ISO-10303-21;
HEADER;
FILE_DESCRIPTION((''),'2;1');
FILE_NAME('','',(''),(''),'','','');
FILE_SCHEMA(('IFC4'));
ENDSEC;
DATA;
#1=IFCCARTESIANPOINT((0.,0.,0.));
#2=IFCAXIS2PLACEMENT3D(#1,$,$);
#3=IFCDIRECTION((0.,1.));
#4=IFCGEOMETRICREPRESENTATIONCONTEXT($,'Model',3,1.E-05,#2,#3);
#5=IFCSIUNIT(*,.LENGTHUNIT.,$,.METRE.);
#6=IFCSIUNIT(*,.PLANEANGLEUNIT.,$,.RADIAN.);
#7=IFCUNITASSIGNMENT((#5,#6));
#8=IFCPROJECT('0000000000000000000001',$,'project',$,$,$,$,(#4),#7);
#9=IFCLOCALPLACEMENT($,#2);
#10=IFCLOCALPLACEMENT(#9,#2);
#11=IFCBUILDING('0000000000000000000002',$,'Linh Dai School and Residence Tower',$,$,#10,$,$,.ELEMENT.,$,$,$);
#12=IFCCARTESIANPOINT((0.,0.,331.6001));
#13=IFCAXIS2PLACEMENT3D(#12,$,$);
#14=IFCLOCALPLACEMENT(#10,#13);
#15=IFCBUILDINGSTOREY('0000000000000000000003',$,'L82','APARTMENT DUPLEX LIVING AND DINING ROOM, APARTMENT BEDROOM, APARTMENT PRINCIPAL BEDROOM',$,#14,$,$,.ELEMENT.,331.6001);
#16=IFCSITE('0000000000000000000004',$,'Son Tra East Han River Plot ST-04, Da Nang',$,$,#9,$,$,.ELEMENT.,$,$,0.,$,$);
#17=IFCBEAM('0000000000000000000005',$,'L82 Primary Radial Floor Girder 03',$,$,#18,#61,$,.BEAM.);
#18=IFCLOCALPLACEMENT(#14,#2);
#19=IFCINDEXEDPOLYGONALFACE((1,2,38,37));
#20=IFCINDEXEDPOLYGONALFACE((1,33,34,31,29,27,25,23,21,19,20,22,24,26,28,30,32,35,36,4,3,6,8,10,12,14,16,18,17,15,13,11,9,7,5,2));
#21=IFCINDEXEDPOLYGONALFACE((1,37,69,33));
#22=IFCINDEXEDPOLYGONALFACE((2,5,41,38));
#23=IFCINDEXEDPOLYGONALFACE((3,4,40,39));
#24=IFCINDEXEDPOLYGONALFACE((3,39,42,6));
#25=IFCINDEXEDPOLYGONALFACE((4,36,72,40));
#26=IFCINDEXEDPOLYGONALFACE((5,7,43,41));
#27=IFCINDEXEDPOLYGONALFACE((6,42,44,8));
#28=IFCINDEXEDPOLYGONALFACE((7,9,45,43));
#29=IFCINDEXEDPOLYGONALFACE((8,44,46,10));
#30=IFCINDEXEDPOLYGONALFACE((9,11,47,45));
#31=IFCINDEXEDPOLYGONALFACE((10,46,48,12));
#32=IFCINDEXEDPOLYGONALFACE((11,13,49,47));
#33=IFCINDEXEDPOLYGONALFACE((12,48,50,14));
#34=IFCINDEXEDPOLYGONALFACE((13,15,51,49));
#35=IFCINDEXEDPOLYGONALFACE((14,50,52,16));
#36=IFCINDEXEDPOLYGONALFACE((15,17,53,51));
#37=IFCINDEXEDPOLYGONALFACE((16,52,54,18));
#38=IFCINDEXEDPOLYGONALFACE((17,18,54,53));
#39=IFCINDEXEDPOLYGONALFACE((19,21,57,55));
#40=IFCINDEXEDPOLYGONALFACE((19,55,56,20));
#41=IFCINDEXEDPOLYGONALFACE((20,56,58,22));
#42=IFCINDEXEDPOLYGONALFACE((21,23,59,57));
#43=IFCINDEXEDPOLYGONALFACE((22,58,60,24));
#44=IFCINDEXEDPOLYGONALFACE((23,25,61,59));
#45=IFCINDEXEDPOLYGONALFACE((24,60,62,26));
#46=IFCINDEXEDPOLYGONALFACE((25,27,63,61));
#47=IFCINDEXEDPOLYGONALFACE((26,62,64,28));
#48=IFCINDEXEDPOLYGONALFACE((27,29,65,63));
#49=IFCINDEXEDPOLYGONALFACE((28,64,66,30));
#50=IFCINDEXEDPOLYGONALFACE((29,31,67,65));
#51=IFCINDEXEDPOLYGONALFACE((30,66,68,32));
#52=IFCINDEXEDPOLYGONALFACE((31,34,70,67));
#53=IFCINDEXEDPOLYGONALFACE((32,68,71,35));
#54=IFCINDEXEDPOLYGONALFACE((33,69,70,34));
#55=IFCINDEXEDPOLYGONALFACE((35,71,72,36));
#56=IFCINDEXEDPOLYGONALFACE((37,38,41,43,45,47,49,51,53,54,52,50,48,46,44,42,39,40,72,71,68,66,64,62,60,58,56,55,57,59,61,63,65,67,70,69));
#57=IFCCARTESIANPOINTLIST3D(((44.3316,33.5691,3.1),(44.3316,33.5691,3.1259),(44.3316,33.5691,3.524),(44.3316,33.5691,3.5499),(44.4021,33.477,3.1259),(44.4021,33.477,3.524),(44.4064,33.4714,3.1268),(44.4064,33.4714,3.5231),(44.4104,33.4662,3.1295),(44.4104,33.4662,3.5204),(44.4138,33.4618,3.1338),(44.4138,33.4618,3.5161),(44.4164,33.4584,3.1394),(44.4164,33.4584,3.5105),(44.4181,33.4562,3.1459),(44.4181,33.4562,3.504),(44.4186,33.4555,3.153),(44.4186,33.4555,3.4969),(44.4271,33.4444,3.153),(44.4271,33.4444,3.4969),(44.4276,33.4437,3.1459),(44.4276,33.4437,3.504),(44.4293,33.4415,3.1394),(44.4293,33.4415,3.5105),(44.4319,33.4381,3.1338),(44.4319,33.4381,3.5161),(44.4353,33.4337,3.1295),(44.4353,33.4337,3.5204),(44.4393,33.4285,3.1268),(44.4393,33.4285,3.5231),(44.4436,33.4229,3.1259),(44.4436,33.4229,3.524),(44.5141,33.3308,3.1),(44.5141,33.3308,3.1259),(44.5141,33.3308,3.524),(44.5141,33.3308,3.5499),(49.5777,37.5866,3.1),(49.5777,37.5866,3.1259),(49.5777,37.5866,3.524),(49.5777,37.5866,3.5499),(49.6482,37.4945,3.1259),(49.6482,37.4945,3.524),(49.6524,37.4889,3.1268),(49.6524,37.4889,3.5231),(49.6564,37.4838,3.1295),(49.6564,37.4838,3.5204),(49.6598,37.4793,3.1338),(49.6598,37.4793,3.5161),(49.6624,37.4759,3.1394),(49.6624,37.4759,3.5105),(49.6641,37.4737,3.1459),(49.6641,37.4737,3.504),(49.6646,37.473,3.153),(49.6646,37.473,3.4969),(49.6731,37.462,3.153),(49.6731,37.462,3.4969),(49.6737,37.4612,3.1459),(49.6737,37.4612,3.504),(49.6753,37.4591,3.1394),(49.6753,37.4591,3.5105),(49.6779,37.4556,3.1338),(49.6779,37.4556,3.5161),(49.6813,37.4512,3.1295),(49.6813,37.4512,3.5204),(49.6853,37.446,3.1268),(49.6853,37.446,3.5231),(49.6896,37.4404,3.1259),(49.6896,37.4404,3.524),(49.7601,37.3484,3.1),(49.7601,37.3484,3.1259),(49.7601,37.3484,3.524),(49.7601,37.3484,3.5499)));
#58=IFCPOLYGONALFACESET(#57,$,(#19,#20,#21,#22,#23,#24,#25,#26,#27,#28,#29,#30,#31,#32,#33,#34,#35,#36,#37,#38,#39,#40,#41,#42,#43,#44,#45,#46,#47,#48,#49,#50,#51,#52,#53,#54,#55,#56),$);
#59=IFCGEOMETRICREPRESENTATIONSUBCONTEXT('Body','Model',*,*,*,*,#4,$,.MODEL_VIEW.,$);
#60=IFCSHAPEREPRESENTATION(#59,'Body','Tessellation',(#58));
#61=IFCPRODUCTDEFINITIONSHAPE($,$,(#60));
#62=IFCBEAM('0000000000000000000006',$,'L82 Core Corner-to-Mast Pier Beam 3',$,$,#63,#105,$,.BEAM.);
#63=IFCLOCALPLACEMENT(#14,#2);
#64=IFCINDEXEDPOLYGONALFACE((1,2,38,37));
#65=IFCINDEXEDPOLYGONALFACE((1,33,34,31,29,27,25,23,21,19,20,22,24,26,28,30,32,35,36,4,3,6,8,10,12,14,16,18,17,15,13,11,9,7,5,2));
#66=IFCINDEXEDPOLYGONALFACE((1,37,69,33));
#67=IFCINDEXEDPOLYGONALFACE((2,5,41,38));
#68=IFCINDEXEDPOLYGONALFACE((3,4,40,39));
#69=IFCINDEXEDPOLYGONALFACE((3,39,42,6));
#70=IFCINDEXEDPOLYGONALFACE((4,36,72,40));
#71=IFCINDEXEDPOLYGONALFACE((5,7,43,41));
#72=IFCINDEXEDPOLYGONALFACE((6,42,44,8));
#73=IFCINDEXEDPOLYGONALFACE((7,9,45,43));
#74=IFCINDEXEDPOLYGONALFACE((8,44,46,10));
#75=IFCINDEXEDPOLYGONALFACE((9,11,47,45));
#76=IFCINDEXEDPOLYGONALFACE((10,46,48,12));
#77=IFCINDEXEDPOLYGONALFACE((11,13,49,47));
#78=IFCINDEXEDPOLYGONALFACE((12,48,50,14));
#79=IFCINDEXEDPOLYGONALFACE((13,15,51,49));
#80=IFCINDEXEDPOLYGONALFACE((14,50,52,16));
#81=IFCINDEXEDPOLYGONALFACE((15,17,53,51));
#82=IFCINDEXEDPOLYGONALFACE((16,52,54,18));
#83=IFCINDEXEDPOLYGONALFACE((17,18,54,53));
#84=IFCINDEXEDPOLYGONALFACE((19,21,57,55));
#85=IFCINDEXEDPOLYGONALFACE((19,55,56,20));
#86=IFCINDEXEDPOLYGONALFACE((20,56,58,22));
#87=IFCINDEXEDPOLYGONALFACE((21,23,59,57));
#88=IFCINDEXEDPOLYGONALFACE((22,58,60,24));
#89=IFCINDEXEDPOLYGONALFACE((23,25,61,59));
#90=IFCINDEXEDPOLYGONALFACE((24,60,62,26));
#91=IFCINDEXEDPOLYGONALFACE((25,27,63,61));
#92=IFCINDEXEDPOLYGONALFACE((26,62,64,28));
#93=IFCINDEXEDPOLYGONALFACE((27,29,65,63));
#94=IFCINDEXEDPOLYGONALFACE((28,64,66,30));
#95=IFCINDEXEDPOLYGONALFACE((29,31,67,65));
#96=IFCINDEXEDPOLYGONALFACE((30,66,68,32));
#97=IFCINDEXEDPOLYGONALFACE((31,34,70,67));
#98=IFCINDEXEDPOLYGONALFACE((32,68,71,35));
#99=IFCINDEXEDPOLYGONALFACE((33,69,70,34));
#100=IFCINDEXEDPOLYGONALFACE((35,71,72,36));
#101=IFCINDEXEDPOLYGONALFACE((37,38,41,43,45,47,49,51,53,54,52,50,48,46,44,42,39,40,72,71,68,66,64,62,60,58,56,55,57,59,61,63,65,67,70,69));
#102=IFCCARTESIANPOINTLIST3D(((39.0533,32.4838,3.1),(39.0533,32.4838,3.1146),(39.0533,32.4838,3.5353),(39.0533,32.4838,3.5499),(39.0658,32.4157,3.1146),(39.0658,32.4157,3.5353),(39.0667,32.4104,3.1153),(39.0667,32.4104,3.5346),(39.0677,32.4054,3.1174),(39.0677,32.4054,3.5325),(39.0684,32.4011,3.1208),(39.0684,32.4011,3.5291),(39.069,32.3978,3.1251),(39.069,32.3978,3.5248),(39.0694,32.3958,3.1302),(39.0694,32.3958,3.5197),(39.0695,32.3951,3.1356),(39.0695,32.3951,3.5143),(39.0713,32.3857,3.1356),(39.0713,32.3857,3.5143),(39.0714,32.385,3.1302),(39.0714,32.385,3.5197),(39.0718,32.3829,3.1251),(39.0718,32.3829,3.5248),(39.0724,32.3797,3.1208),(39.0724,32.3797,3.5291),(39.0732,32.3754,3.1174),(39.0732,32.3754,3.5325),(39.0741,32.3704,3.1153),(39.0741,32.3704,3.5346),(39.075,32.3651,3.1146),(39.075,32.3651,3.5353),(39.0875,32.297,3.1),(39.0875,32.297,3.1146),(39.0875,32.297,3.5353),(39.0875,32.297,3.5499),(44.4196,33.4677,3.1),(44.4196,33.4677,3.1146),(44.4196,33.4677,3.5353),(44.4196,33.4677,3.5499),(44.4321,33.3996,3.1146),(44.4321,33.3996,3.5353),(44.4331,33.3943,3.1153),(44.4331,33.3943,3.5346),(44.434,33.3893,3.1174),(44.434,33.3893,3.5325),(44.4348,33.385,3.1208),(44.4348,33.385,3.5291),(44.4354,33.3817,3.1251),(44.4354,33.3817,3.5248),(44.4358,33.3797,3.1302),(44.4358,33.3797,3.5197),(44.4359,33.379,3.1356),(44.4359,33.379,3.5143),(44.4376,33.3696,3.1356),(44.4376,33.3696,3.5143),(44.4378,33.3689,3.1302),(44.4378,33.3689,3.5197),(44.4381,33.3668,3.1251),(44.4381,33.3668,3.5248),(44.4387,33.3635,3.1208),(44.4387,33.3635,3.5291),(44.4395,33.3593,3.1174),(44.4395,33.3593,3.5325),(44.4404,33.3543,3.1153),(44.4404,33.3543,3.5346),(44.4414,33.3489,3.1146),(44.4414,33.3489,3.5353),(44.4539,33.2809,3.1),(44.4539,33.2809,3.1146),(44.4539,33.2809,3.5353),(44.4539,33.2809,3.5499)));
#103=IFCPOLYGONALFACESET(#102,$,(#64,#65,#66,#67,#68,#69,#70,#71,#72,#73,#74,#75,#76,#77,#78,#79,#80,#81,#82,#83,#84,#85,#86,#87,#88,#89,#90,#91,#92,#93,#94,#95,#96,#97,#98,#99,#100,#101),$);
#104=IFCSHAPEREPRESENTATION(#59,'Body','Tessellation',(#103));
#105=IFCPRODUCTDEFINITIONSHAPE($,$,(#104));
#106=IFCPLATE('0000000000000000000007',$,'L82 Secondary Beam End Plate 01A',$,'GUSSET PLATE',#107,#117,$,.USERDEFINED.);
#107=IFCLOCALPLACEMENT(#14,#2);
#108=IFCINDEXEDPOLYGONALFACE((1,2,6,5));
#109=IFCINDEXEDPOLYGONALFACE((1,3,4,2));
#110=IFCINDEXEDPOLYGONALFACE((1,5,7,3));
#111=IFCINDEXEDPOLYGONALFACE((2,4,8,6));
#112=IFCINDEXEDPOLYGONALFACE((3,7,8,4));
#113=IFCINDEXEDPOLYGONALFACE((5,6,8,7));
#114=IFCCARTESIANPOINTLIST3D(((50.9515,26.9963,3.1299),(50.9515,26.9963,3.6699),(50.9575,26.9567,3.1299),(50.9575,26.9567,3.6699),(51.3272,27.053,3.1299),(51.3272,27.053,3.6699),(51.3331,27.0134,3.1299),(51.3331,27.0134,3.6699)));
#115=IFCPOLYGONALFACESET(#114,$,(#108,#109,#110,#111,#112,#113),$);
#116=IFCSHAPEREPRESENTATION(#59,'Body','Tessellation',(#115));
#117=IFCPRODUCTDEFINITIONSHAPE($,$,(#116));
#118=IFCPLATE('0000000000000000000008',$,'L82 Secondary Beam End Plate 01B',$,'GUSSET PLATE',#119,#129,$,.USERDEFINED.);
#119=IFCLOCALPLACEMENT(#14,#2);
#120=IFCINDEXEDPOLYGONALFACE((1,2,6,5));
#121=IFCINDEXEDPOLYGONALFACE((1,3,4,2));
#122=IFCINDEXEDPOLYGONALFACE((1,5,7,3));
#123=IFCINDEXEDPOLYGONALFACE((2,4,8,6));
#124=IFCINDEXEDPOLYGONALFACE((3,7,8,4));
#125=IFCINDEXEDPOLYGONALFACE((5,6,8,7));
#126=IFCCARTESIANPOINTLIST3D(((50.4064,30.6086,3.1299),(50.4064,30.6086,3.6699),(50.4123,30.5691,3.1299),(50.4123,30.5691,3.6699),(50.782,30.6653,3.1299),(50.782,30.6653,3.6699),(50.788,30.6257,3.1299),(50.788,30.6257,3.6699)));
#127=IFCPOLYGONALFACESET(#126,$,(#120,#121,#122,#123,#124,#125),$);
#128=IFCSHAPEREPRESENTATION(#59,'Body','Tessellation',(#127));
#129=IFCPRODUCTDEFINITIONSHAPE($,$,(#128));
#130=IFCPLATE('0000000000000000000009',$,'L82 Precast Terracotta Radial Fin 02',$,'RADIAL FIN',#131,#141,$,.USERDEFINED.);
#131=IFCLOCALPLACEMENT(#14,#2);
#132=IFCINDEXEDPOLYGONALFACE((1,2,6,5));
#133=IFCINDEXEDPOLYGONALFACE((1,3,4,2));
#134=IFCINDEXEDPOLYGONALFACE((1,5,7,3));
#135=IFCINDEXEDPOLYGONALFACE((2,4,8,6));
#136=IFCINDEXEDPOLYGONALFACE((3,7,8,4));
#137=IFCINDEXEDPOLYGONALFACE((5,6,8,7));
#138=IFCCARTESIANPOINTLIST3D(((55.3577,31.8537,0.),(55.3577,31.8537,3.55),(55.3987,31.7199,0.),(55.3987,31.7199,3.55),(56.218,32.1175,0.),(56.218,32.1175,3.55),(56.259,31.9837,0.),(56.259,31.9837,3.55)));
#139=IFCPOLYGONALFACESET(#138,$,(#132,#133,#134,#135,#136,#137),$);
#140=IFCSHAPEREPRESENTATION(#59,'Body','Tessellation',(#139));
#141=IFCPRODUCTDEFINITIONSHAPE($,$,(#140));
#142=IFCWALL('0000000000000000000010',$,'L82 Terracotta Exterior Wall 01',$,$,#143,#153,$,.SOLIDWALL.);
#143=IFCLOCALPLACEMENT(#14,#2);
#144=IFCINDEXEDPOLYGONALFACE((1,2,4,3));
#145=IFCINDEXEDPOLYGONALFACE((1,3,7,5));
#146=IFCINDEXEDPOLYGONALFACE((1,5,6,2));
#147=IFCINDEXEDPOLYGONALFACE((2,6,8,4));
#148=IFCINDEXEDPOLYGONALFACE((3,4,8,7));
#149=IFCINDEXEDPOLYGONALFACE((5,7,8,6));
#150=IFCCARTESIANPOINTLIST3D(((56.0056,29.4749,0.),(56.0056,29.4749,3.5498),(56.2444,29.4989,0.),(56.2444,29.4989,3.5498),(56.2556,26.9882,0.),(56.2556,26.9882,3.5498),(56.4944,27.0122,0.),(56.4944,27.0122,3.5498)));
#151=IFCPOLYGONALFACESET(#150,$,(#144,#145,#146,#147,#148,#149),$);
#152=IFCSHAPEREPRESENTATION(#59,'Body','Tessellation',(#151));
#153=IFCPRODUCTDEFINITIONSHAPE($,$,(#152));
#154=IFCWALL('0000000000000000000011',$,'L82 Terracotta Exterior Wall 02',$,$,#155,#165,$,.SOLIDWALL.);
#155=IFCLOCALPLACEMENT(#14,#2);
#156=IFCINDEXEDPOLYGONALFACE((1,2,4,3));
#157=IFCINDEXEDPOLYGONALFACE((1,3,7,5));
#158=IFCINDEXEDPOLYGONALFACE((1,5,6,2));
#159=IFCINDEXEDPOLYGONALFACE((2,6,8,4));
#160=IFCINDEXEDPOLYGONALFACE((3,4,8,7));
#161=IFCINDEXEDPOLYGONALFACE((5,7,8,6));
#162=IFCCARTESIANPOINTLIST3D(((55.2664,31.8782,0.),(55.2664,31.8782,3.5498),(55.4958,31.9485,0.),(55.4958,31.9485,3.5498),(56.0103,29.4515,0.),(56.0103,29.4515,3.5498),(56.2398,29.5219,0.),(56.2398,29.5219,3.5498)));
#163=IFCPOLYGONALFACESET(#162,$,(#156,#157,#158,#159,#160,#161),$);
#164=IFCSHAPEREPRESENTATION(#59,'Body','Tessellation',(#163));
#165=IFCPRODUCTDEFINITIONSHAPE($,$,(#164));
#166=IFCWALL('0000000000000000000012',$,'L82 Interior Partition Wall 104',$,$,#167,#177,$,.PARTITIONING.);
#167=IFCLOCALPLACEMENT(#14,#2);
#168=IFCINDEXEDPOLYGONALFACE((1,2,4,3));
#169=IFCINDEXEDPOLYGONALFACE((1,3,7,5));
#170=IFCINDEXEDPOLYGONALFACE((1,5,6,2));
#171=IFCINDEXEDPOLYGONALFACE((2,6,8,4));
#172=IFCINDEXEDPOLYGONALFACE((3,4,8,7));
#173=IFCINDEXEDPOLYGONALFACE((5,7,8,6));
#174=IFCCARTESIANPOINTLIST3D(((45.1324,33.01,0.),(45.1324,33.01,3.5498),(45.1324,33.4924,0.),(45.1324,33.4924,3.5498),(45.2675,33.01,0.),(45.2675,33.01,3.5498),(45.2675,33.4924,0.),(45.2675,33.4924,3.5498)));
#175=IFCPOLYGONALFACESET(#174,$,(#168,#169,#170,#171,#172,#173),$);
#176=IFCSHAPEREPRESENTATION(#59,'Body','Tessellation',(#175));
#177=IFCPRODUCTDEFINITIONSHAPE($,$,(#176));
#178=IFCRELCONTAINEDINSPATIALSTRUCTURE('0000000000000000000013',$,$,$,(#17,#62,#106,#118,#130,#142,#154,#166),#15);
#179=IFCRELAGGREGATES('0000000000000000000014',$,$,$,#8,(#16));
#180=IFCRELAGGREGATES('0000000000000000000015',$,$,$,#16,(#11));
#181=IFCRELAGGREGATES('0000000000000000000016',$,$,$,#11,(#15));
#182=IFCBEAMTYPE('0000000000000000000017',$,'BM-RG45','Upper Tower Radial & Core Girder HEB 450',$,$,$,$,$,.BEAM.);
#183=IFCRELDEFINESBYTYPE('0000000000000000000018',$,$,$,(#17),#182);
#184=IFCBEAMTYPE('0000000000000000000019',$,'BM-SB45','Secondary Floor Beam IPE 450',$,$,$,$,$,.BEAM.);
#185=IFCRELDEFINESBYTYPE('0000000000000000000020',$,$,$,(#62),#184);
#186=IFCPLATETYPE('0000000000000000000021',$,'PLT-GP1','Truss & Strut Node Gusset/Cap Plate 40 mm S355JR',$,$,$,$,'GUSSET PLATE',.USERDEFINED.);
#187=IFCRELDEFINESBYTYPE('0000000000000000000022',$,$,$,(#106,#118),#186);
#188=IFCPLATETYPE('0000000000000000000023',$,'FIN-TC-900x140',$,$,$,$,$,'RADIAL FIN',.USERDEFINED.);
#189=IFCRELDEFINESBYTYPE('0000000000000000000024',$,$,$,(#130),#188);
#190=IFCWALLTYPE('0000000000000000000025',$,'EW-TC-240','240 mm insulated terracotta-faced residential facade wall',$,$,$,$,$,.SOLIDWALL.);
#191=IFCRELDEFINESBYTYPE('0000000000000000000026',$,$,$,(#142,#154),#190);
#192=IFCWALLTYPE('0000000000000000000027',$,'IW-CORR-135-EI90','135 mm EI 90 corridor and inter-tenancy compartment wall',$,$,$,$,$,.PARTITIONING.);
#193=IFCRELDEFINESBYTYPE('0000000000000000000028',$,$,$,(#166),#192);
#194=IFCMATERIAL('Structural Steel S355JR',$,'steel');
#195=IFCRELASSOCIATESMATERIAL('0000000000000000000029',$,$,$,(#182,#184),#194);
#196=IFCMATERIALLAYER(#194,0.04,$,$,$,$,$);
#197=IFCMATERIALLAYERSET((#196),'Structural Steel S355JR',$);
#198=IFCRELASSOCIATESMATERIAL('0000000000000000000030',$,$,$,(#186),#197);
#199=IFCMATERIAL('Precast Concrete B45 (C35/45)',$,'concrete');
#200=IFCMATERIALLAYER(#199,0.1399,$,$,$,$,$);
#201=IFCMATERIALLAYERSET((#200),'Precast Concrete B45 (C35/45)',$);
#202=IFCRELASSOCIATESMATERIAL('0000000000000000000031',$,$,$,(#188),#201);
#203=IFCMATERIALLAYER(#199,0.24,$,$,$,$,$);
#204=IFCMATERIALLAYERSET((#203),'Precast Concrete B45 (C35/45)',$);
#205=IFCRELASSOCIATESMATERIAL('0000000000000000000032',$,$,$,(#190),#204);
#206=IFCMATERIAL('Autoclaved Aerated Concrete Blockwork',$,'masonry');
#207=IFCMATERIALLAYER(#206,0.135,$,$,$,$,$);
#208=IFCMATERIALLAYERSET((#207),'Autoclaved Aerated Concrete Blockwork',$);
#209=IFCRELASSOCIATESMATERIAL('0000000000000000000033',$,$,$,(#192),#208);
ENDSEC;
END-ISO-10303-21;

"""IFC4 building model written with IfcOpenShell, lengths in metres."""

from ifc_helpers import new_model, si_unit, direction, frame, frame_2d, origin, origin_2d, place, context, subcontext, project, spatial, rectangle, i_section, extrude, source, transform, mapped, material, layer, layer_set, material_profile, profile_set, type_object, element, save


model = new_model("IFC4")

# Units and contexts
model_context = context("Model", 3, precision=1e-05, world=origin(), true_north=direction((0.0, 1.0)))
body_context = subcontext(model_context, "Body", "Model", "MODEL_VIEW")
ifc_project = project(units=[si_unit("LENGTHUNIT", "METRE"), si_unit("PLANEANGLEUNIT", "RADIAN")], contexts=[model_context])

# Site, building, storey
site_placement = place(None, origin())
site = spatial("IfcSite", under=ifc_project, at=site_placement, Name="Son Tra East Han River Plot ST-04, Da Nang", CompositionType="ELEMENT", RefElevation=0.0)
building_placement = place(site_placement, origin())
building = spatial("IfcBuilding", under=site, at=building_placement, Name="Linh Dai School and Residence Tower", CompositionType="ELEMENT")
storey_placement = place(building_placement, frame((0.0, 0.0, 331.6001)))
storey = spatial("IfcBuildingStorey", under=building, at=storey_placement, Name="L82", Description="APARTMENT DUPLEX LIVING AND DINING ROOM, APARTMENT BEDROOM, APARTMENT PRINCIPAL BEDROOM", CompositionType="ELEMENT", Elevation=331.6001)

# Shared definitions
ifc_material_1 = material(Name="Structural Steel S355JR", Category="steel")

# Beams
ifc_material_profile_1 = material_profile(ifc_material_1, i_section(OverallWidth=0.3, OverallDepth=0.45, WebThickness=0.0139, FlangeThickness=0.0259, FilletRadius=0.0271, at=origin_2d()), Name="HEB 450")
ifc_profile_set_1 = profile_set([ifc_material_profile_1], Name="Structural Steel S355JR")
beam_type_1 = type_object("IfcBeamType", Name="BM-RG45", Description="Upper Tower Radial & Core Girder HEB 450", PredefinedType="BEAM", material=ifc_profile_set_1)
beam_1_placement = place(storey_placement, frame((44.4229, 33.45, 3.325), z_axis=(0.79393, 0.608009, 0.0), x_axis=(-0.608009, 0.79393, 0.0)))
element("IfcBeam", 1, at=beam_1_placement, inside=storey, type_object=beam_type_1, Name="L82 Primary Radial Floor Girder 03", PredefinedType="BEAM", context=body_context, shape_type="SweptSolid", body=[
    extrude(i_section(OverallWidth=0.3, OverallDepth=0.45, WebThickness=0.0139, FlangeThickness=0.0259, FilletRadius=0.0271, at=origin_2d()), origin(), (0.0, 0.0, 1.0), 6.6077),
])
ifc_material_profile_2 = material_profile(ifc_material_1, i_section(OverallWidth=0.1899, OverallDepth=0.45, WebThickness=0.0095, FlangeThickness=0.0146, FilletRadius=0.021, at=origin_2d()), Name="IPE 450")
ifc_profile_set_2 = profile_set([ifc_material_profile_2], Name="Structural Steel S355JR")
beam_type_2 = type_object("IfcBeamType", Name="BM-SB45", Description="Secondary Floor Beam IPE 450", PredefinedType="BEAM", material=ifc_profile_set_2)
beam_2_placement = place(storey_placement, frame((44.4368, 33.3743, 3.325), z_axis=(-0.983605, -0.180334, 0.0), x_axis=(0.180334, -0.983605, 0.0)))
element("IfcBeam", 2, at=beam_2_placement, inside=storey, type_object=beam_type_2, Name="L82 Core Corner-to-Mast Pier Beam 3", PredefinedType="BEAM", context=body_context, shape_type="SweptSolid", body=[
    extrude(i_section(OverallWidth=0.1899, OverallDepth=0.45, WebThickness=0.0095, FlangeThickness=0.0146, FilletRadius=0.021, at=origin_2d()), origin(), (0.0, 0.0, 1.0), 5.4558),
])

# Plates
ifc_layer_1 = layer(ifc_material_1, 0.04)
ifc_layer_set_1 = layer_set([ifc_layer_1], Name="Structural Steel S355JR")
plate_type_1 = type_object("IfcPlateType", Name="PLT-GP1", Description="Truss & Strut Node Gusset/Cap Plate 40 mm S355JR", ElementType="GUSSET PLATE", PredefinedType="USERDEFINED", material=ifc_layer_set_1)
shared_shape_1 = source(origin(), body_context, "Body", "SweptSolid", [
    extrude(rectangle(XDim=0.04, YDim=0.3799, at=origin_2d()), origin(), (0.0, 0.0, 1.0), 0.54),
])
for number, where, z_axis, x_axis, name in (
    (3, (51.1423, 27.0049, 3.1299), (0.0, 0.0, 1.0), (-0.149196, 0.988808, 0.0), "L82 Secondary Beam End Plate 01A"),
    (4, (50.5972, 30.6172, 3.1299), (0.0, 0.0, 1.0), (-0.149196, 0.988808, 0.0), "L82 Secondary Beam End Plate 01B"),
):
    element("IfcPlate", number, at=place(storey_placement, frame(where, z_axis=z_axis, x_axis=x_axis)), inside=storey, type_object=plate_type_1, Name=name, ObjectType="GUSSET PLATE", PredefinedType="USERDEFINED", context=body_context, shape_type="MappedRepresentation", body=[
        mapped(shared_shape_1, transform((0.0, 0.0, 0.0), x_axis=(1.0, 0.0, 0.0), y_axis=(0.0, 1.0, 0.0), z_axis=(0.0, 0.0, 1.0), scale=1.0)),
    ])
ifc_material_2 = material(Name="Precast Concrete B45 (C35/45)", Category="concrete")
ifc_layer_2 = layer(ifc_material_2, 0.1399)
ifc_layer_set_2 = layer_set([ifc_layer_2], Name="Precast Concrete B45 (C35/45)")
plate_type_2 = type_object("IfcPlateType", Name="FIN-TC-900x140", ElementType="RADIAL FIN", PredefinedType="USERDEFINED", material=ifc_layer_set_2)
shared_shape_2 = source(origin(), body_context, "Body", "SweptSolid", [
    extrude(rectangle(XDim=0.8999, YDim=0.1399, at=origin_2d()), origin(), (0.0, 0.0, 1.0), 3.55),
])
plate_placement = place(storey_placement, frame((55.8083, 31.9187, 0.0), z_axis=(0.0, 0.0, 1.0), x_axis=(0.956083, 0.293095, 0.0)))
element("IfcPlate", 5, at=plate_placement, inside=storey, type_object=plate_type_2, Name="L82 Precast Terracotta Radial Fin 02", ObjectType="RADIAL FIN", PredefinedType="USERDEFINED", context=body_context, shape_type="MappedRepresentation", body=[
    mapped(shared_shape_2, transform((0.0, 0.0, 0.0), x_axis=(1.0, 0.0, 0.0), y_axis=(0.0, 1.0, 0.0), z_axis=(0.0, 0.0, 1.0), scale=1.0)),
])

# Walls
ifc_layer_3 = layer(ifc_material_2, 0.24)
ifc_layer_set_3 = layer_set([ifc_layer_3], Name="Precast Concrete B45 (C35/45)")
wall_type_1 = type_object("IfcWallType", Name="EW-TC-240", Description="240 mm insulated terracotta-faced residential facade wall", PredefinedType="SOLIDWALL", material=ifc_layer_set_3)
wall_1_placement = place(storey_placement, frame((56.125, 29.4868, 0.0), z_axis=(0.0, 0.0, 1.0), x_axis=(0.100026, -0.994985, 0.0)))
element("IfcWall", 6, at=wall_1_placement, inside=storey, type_object=wall_type_1, Name="L82 Terracotta Exterior Wall 01", PredefinedType="SOLIDWALL", context=body_context, shape_type="SweptSolid", body=[
    extrude(rectangle(XDim=2.4993, YDim=0.24, at=frame_2d((1.2495, 0.0))), origin(), (0.0, 0.0, 1.0), 3.5498),
])
wall_2_placement = place(storey_placement, frame((55.3811, 31.9133, 0.0), z_axis=(0.0, 0.0, 1.0), x_axis=(0.293106, -0.95608, 0.0)))
element("IfcWall", 7, at=wall_2_placement, inside=storey, type_object=wall_type_1, Name="L82 Terracotta Exterior Wall 02", PredefinedType="SOLIDWALL", context=body_context, shape_type="SweptSolid", body=[
    extrude(rectangle(XDim=2.5381, YDim=0.24, at=frame_2d((1.269, 0.0))), origin(), (0.0, 0.0, 1.0), 3.5498),
])
ifc_material_3 = material(Name="Autoclaved Aerated Concrete Blockwork", Category="masonry")
ifc_layer_4 = layer(ifc_material_3, 0.135)
ifc_layer_set_4 = layer_set([ifc_layer_4], Name="Autoclaved Aerated Concrete Blockwork")
wall_type_2 = type_object("IfcWallType", Name="IW-CORR-135-EI90", Description="135 mm EI 90 corridor and inter-tenancy compartment wall", PredefinedType="PARTITIONING", material=ifc_layer_set_4)
wall_3_placement = place(storey_placement, frame((45.2, 33.01, 0.0), z_axis=(0.0, 0.0, 1.0), x_axis=(0.0, 1.0, 0.0)))
element("IfcWall", 8, at=wall_3_placement, inside=storey, type_object=wall_type_2, Name="L82 Interior Partition Wall 104", PredefinedType="PARTITIONING", context=body_context, shape_type="SweptSolid", body=[
    extrude(rectangle(XDim=0.4824, YDim=0.135, at=frame_2d((0.2412, 0.0))), origin(), (0.0, 0.0, 1.0), 3.5498),
])

save(model, "model.ifc")
